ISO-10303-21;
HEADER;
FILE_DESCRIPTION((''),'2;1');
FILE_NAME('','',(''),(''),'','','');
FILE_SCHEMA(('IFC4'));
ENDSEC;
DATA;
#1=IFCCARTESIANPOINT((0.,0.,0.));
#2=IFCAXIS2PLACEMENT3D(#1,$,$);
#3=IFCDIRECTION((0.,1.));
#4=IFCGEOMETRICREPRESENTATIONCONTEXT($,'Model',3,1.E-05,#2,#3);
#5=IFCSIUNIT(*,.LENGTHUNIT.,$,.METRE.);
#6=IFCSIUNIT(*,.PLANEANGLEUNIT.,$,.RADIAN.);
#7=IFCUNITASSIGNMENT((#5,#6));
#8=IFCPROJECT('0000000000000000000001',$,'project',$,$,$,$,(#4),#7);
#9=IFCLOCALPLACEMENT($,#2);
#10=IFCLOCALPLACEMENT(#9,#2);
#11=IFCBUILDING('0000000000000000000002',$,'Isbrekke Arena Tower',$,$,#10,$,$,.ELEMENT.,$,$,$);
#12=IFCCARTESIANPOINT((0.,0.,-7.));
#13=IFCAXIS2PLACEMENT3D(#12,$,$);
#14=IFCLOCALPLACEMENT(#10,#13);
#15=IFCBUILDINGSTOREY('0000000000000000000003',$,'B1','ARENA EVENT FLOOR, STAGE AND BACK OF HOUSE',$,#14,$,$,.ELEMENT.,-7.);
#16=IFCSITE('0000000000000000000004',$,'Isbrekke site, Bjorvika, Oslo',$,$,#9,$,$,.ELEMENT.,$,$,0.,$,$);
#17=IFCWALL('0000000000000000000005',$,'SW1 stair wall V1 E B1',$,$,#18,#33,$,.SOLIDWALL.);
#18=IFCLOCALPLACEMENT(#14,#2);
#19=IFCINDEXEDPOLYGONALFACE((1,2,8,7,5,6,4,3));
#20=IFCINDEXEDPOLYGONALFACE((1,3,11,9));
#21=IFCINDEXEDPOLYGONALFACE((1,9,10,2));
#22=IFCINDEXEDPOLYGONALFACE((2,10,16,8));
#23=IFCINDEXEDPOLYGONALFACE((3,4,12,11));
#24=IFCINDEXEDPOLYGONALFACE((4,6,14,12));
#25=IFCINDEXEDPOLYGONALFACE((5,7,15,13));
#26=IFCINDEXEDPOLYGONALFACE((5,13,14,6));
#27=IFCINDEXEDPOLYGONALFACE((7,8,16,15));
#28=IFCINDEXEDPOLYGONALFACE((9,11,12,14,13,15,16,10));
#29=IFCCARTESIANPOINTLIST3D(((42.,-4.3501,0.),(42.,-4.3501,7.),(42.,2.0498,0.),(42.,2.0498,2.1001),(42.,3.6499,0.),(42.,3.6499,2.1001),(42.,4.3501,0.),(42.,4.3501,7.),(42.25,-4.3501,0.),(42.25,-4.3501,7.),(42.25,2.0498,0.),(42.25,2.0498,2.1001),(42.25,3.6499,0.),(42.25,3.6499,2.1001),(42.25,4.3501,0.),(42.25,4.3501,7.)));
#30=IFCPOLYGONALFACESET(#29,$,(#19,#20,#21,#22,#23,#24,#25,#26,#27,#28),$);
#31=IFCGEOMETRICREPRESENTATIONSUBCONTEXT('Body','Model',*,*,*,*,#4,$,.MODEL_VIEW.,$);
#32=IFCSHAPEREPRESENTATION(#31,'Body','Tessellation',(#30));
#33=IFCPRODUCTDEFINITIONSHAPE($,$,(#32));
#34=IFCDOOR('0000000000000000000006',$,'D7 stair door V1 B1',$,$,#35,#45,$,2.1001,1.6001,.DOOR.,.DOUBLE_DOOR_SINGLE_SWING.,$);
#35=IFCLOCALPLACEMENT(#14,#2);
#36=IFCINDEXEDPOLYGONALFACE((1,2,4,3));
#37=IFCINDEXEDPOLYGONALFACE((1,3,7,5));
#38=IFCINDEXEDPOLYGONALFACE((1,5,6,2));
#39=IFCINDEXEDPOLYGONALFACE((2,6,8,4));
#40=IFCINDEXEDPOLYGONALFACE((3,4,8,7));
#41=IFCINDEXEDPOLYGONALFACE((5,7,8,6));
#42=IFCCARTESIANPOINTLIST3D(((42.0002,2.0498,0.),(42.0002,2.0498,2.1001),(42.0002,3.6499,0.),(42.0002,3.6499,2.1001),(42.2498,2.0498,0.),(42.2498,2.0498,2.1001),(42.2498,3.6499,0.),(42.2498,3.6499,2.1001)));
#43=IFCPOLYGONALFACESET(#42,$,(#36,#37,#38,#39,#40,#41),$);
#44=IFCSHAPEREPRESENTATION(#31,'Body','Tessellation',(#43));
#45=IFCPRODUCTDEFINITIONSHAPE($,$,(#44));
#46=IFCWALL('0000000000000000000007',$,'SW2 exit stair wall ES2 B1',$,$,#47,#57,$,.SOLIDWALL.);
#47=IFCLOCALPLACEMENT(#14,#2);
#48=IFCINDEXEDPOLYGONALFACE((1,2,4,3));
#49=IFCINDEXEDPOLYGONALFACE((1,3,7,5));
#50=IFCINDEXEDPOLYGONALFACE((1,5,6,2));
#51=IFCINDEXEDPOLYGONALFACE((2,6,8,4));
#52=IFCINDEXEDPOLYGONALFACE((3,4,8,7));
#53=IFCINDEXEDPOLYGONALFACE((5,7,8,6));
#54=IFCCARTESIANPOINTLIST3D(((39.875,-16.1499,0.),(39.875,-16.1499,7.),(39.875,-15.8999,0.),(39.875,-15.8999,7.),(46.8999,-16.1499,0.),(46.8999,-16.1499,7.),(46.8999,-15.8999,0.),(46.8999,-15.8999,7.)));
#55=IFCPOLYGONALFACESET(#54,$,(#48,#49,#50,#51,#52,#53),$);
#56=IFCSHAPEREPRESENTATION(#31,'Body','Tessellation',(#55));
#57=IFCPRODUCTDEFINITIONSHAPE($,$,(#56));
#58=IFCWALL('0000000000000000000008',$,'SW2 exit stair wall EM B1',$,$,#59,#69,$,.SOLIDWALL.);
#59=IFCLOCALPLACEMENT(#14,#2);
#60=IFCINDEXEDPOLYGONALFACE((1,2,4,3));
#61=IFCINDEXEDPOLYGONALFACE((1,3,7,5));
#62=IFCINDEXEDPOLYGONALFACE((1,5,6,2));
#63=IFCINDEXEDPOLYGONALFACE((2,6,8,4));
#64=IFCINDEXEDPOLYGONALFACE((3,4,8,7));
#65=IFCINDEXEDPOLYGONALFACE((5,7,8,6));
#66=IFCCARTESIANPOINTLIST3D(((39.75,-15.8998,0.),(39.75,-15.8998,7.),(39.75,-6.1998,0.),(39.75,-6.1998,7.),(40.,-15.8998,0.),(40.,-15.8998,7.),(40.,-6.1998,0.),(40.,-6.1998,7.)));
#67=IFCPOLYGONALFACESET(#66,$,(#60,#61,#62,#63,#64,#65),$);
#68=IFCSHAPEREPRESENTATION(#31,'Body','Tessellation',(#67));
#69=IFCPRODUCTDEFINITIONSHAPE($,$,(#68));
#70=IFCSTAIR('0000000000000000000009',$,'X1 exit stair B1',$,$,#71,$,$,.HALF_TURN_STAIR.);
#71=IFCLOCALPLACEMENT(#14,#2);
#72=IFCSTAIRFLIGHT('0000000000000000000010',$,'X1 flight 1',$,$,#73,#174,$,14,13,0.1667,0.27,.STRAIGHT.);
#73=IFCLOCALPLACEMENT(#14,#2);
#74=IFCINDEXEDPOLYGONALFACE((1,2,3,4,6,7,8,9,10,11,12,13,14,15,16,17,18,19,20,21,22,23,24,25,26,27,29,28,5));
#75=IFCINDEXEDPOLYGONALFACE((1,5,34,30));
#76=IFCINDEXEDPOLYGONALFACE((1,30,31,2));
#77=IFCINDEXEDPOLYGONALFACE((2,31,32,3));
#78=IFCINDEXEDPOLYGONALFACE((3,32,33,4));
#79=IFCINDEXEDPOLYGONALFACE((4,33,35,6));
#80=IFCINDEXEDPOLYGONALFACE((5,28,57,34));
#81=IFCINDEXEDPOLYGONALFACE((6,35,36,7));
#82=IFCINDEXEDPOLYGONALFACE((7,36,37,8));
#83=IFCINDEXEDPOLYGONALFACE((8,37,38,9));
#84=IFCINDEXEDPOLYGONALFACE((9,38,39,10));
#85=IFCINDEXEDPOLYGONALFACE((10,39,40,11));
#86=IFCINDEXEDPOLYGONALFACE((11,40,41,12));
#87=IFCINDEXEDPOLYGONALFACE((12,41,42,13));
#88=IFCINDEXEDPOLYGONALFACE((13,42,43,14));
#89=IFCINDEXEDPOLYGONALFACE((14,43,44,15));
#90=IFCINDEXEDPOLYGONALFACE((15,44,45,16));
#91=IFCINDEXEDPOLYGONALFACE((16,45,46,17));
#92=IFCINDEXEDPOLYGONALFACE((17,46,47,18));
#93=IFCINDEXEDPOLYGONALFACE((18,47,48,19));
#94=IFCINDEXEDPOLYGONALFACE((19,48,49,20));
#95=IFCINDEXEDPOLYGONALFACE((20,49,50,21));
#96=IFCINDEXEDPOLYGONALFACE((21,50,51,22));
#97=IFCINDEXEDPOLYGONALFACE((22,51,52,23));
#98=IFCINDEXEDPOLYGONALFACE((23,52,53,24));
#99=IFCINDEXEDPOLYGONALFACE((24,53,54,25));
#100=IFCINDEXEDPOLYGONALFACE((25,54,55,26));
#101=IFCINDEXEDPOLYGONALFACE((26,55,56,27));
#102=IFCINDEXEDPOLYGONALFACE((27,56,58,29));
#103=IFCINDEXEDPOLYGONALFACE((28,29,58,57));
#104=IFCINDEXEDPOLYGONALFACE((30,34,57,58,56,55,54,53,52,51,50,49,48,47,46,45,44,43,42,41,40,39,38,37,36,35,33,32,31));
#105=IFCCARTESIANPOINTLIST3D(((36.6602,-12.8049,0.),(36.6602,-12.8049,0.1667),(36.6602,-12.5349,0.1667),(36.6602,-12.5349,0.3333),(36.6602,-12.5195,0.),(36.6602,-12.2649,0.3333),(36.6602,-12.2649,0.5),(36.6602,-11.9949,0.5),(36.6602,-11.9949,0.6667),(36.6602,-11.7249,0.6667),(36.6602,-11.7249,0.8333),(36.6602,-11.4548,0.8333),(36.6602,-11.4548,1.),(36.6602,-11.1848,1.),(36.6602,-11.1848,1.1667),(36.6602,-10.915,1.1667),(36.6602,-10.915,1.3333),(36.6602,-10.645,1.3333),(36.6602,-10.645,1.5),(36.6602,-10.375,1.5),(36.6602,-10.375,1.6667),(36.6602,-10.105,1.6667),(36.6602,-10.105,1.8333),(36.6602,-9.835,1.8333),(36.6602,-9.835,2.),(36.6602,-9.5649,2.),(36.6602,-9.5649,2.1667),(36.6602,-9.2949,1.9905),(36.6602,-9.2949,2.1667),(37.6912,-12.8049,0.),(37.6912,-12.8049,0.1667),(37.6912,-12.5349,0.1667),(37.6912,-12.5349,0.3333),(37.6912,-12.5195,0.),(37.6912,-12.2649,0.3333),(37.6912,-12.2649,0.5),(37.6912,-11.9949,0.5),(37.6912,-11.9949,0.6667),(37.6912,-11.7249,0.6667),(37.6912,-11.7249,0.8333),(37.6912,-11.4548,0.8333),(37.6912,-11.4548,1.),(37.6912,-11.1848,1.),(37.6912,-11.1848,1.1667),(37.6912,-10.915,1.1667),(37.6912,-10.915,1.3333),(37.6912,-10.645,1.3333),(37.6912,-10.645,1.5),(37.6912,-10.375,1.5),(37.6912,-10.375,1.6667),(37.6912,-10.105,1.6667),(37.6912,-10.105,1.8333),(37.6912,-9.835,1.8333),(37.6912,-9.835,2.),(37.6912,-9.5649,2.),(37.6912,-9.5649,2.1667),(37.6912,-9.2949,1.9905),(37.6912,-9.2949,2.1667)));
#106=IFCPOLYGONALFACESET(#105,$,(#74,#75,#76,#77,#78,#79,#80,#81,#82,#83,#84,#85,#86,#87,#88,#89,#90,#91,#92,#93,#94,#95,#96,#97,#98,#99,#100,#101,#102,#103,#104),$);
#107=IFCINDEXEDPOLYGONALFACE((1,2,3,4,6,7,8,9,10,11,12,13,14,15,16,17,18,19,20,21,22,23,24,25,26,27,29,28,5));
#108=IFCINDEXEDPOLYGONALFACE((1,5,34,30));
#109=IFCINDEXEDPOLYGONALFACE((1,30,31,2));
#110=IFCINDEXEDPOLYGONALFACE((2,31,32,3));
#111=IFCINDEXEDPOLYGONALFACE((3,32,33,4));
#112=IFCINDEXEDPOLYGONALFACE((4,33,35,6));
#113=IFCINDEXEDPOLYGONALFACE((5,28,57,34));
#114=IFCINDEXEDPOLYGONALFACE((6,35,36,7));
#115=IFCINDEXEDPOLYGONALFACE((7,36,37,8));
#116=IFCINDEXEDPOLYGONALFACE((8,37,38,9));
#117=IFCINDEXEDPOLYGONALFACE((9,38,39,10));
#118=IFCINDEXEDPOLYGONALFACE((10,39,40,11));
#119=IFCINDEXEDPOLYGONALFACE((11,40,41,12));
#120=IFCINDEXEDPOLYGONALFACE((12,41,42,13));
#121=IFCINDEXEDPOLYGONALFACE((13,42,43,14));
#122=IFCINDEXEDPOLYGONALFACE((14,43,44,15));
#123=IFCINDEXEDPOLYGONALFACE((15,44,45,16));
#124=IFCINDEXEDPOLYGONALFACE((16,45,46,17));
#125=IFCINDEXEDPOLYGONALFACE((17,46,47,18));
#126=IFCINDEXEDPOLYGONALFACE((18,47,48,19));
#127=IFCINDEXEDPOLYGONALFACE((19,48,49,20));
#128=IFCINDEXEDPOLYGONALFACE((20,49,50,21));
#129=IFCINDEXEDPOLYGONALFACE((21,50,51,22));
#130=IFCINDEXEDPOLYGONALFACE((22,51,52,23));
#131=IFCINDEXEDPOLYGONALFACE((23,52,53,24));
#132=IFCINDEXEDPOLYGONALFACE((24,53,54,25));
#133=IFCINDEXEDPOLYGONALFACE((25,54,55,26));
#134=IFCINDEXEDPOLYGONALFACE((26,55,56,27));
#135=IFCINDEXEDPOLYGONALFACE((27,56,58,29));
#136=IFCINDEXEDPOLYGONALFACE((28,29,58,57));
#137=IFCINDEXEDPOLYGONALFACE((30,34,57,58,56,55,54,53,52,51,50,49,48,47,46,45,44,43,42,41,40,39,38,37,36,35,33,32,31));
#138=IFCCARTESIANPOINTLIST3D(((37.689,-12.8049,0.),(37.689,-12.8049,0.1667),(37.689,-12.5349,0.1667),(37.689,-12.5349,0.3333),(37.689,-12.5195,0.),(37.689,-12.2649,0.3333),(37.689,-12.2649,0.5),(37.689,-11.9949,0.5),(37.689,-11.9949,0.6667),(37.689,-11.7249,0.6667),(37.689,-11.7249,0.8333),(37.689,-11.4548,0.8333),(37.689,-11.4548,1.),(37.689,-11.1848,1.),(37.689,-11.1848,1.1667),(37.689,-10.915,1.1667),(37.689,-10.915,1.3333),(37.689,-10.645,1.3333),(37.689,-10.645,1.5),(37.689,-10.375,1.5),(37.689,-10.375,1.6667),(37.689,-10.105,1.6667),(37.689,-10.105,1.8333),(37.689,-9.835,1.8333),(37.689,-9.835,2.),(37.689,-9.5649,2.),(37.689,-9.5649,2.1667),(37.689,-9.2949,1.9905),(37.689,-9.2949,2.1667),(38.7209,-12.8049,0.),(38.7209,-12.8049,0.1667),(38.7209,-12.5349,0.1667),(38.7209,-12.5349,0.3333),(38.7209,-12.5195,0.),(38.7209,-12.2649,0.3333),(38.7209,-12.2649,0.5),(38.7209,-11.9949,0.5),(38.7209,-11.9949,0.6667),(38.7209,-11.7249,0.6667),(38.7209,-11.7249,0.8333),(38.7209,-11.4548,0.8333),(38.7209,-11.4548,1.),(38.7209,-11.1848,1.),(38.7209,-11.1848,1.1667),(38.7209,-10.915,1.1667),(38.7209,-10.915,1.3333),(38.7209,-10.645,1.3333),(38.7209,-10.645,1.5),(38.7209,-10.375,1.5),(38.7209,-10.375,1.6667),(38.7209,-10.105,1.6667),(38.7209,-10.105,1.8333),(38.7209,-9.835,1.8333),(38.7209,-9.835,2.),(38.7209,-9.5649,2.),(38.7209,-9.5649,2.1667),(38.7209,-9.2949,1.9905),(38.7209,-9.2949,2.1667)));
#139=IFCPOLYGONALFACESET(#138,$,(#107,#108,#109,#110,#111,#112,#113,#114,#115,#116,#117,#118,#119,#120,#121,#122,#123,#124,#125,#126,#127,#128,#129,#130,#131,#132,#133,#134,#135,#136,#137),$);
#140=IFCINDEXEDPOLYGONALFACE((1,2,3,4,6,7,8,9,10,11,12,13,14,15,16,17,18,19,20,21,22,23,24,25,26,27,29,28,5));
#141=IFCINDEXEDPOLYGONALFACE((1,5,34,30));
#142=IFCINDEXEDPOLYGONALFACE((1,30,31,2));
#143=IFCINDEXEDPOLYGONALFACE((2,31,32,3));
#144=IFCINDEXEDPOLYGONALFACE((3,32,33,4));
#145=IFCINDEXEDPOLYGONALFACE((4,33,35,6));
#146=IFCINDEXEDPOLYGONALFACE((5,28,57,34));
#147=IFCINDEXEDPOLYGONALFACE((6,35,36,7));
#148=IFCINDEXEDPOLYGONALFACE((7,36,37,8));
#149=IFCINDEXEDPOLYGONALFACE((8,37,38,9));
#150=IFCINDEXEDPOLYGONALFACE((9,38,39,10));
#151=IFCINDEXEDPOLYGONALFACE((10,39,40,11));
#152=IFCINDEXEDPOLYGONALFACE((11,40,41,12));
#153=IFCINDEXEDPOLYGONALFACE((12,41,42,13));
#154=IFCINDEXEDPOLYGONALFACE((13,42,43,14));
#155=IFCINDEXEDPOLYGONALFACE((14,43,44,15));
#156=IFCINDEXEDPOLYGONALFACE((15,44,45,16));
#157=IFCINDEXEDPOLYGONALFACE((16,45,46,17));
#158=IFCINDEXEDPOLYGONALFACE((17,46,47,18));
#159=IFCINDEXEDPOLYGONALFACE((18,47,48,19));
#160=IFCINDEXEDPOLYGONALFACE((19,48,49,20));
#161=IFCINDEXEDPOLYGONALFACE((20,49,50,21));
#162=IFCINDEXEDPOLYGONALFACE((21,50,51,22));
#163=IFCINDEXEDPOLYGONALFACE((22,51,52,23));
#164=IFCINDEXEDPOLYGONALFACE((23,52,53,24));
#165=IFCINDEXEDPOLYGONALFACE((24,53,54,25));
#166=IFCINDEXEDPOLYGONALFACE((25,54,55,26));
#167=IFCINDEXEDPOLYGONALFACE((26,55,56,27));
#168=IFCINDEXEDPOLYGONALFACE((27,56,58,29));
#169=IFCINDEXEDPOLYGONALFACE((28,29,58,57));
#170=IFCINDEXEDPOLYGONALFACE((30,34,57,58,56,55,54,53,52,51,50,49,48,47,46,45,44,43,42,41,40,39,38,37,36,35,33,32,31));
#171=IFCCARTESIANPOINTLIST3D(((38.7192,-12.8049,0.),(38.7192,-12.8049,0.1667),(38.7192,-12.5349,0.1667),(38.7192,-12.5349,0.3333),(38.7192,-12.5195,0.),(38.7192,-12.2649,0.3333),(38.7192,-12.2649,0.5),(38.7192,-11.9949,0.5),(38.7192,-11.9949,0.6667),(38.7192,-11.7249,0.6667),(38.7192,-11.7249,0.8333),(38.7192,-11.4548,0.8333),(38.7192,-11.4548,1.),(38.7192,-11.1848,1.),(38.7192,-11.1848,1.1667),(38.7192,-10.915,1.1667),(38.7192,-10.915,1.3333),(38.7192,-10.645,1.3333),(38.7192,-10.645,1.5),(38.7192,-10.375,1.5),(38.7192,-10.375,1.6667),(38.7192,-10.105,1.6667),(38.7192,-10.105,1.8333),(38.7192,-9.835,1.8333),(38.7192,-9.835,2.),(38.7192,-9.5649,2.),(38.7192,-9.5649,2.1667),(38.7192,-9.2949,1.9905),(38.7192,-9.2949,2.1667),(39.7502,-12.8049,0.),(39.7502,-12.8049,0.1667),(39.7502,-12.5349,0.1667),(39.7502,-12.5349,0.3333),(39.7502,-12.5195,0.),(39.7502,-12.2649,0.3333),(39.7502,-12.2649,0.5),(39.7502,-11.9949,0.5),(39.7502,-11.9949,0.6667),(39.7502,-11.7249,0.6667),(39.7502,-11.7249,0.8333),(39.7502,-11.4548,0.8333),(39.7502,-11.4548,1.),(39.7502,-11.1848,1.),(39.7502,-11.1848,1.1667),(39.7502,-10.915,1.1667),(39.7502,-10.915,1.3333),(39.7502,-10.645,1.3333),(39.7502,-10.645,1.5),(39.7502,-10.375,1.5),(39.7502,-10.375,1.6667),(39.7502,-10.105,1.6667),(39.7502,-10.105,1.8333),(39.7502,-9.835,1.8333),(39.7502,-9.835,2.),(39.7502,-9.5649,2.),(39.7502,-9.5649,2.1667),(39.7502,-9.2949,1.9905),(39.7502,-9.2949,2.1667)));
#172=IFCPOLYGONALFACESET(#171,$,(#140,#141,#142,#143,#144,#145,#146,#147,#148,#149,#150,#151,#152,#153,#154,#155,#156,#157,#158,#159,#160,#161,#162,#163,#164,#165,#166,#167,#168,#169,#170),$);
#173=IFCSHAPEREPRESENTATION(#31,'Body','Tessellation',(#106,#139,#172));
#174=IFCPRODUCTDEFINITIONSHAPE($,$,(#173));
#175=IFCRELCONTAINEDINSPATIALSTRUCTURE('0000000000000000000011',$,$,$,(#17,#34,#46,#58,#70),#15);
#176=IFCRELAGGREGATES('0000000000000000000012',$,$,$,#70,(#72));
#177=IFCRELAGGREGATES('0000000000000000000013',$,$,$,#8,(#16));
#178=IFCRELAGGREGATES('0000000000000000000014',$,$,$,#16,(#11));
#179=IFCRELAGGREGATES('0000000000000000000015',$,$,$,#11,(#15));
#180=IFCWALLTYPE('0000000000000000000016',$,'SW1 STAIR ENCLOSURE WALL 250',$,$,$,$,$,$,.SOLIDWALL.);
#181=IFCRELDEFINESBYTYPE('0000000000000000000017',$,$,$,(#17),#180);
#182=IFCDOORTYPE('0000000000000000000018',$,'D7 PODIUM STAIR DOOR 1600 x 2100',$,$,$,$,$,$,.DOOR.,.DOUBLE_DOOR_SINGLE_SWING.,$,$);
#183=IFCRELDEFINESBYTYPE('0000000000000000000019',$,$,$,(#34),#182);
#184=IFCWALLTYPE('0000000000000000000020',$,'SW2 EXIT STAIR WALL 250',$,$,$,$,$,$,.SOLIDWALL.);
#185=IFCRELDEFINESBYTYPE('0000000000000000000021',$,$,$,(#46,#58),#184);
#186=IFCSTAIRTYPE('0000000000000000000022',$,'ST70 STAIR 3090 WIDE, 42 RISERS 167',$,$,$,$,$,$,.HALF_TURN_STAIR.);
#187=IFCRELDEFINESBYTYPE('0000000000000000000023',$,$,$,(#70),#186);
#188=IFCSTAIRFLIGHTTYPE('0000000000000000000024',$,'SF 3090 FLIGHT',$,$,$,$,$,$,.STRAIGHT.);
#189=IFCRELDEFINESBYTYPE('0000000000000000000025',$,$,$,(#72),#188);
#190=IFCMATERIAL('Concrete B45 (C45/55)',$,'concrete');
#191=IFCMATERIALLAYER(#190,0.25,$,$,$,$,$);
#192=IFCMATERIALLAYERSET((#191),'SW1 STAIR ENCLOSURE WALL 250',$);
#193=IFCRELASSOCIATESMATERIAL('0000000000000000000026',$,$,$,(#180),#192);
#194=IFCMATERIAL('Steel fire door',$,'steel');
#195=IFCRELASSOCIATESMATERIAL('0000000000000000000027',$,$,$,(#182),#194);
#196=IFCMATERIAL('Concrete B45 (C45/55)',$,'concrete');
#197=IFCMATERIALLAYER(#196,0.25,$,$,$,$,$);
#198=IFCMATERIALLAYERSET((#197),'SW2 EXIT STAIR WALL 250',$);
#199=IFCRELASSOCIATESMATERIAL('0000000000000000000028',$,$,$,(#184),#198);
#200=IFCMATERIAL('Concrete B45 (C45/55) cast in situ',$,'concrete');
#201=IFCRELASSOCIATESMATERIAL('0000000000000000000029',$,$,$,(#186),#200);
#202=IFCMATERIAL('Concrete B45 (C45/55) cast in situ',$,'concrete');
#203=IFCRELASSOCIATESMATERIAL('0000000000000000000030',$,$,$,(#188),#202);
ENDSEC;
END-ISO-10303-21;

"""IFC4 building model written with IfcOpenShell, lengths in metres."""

from ifc_helpers import new_model, si_unit, direction, frame, frame_2d, origin, place, context, subcontext, project, spatial, polyline, rectangle, outline, extrude, material, layer, layer_set, type_object, element, fill, aggregate, save


model = new_model("IFC4")

# Units and contexts
model_context = context("Model", 3, precision=1e-05, world=origin(), true_north=direction((0.0, 1.0)))
body_context = subcontext(model_context, "Body", "Model", "MODEL_VIEW")
ifc_project = project(units=[si_unit("LENGTHUNIT", "METRE"), si_unit("PLANEANGLEUNIT", "RADIAN")], contexts=[model_context])

# Site, building, storey
site_placement = place(None, origin())
site = spatial("IfcSite", under=ifc_project, at=site_placement, Name="Isbrekke site, Bjorvika, Oslo", CompositionType="ELEMENT", RefElevation=0.0)
building_placement = place(site_placement, origin())
building = spatial("IfcBuilding", under=site, at=building_placement, Name="Isbrekke Arena Tower", CompositionType="ELEMENT")
storey_placement = place(building_placement, frame((0.0, 0.0, -7.0)))
storey = spatial("IfcBuildingStorey", under=building, at=storey_placement, Name="B1", Description="ARENA EVENT FLOOR, STAGE AND BACK OF HOUSE", CompositionType="ELEMENT", Elevation=-7.0)

# Wall, opening, door
ifc_material_1 = material(Name="Concrete B45 (C45/55)", Category="concrete")
ifc_layer_1 = layer(ifc_material_1, 0.25)
ifc_layer_set_1 = layer_set([ifc_layer_1], Name="SW1 STAIR ENCLOSURE WALL 250")
wall_type_1 = type_object("IfcWallType", Name="SW1 STAIR ENCLOSURE WALL 250", PredefinedType="SOLIDWALL", material=ifc_layer_set_1)
wall_1_placement = place(storey_placement, frame((42.125, -4.3501, 0.0), z_axis=(0.0, 0.0, 1.0), x_axis=(0.0, 1.0, 0.0)))
wall_1 = element("IfcWall", 1, at=wall_1_placement, inside=storey, type_object=wall_type_1, Name="SW1 stair wall V1 E B1", PredefinedType="SOLIDWALL", context=body_context, shape_type="SweptSolid", body=[
    extrude(rectangle(XDim=8.7002, YDim=0.25, at=frame_2d((4.3501, 0.0))), origin(), (0.0, 0.0, 1.0), 7.0),
])
opening_placement = place(wall_1_placement, frame((6.3999, 0.0, 0.0)))
opening = element("IfcOpeningElement", 2, at=opening_placement, cuts=wall_1, PredefinedType="OPENING", context=body_context, shape_type="SweptSolid", body=[
    extrude(rectangle(XDim=1.6001, YDim=2.1001, at=frame_2d((0.8, 1.05))), frame((0.0, 0.1399, 0.0), z_axis=(0.0, -1.0, 0.0), x_axis=(1.0, 0.0, 0.0)), (0.0, 0.0, 1.0), 0.2798),
])
ifc_material_2 = material(Name="Steel fire door", Category="steel")
door_type = type_object("IfcDoorType", Name="D7 PODIUM STAIR DOOR 1600 x 2100", OperationType="DOUBLE_DOOR_SINGLE_SWING", PredefinedType="DOOR", material=ifc_material_2)
door_placement = place(opening_placement, origin())
door = element("IfcDoor", 3, at=door_placement, inside=storey, type_object=door_type, Name="D7 stair door V1 B1", OperationType="DOUBLE_DOOR_SINGLE_SWING", OverallHeight=2.1001, OverallWidth=1.6001, PredefinedType="DOOR", context=body_context, shape_type="SweptSolid", body=[
    extrude(rectangle(XDim=1.6001, YDim=2.1001, at=frame_2d((0.8, 1.05))), frame((0.0, 0.1248, 0.0), z_axis=(0.0, -1.0, 0.0), x_axis=(1.0, 0.0, 0.0)), (0.0, 0.0, 1.0), 0.2495),
])
fill(opening, door)

# Walls
ifc_material_3 = material(Name="Concrete B45 (C45/55)", Category="concrete")
ifc_layer_2 = layer(ifc_material_3, 0.25)
ifc_layer_set_2 = layer_set([ifc_layer_2], Name="SW2 EXIT STAIR WALL 250")
wall_type_2 = type_object("IfcWallType", Name="SW2 EXIT STAIR WALL 250", PredefinedType="SOLIDWALL", material=ifc_layer_set_2)
wall_2_placement = place(storey_placement, frame((39.875, -16.0249, 0.0), z_axis=(0.0, 0.0, 1.0), x_axis=(1.0, 0.0, 0.0)))
element("IfcWall", 4, at=wall_2_placement, inside=storey, type_object=wall_type_2, Name="SW2 exit stair wall ES2 B1", PredefinedType="SOLIDWALL", context=body_context, shape_type="SweptSolid", body=[
    extrude(rectangle(XDim=7.0249, YDim=0.25, at=frame_2d((3.5125, 0.0))), origin(), (0.0, 0.0, 1.0), 7.0),
])
wall_3_placement = place(storey_placement, frame((39.875, -15.8999, 0.0), z_axis=(0.0, 0.0, 1.0), x_axis=(0.0, 1.0, 0.0)))
element("IfcWall", 5, at=wall_3_placement, inside=storey, type_object=wall_type_2, Name="SW2 exit stair wall EM B1", PredefinedType="SOLIDWALL", context=body_context, shape_type="SweptSolid", body=[
    extrude(rectangle(XDim=9.7, YDim=0.25, at=frame_2d((4.8501, 0.0))), origin(), (0.0, 0.0, 1.0), 7.0),
])

# Stair, stair flight
ifc_material_4 = material(Name="Concrete B45 (C45/55) cast in situ", Category="concrete")
stair_type = type_object("IfcStairType", Name="ST70 STAIR 3090 WIDE, 42 RISERS 167", PredefinedType="HALF_TURN_STAIR", material=ifc_material_4)
stair_1_placement = place(storey_placement, origin())
stair_1 = element("IfcStair", 6, at=stair_1_placement, inside=storey, type_object=stair_type, Name="X1 exit stair B1", PredefinedType="HALF_TURN_STAIR")
ifc_material_5 = material(Name="Concrete B45 (C45/55) cast in situ", Category="concrete")
stair_flight_type = type_object("IfcStairFlightType", Name="SF 3090 FLIGHT", PredefinedType="STRAIGHT", material=ifc_material_5)
stair_flight_1_placement = place(storey_placement, frame((38.2051, -12.8049, 0.0), z_axis=(0.0, 0.0, 1.0), x_axis=(0.0, 1.0, 0.0)))
stair_flight_1 = element("IfcStairFlight", 7, at=stair_flight_1_placement, type_object=stair_flight_type, Name="X1 flight 1", NumberOfRisers=14, NumberOfTreads=13, PredefinedType="STRAIGHT", RiserHeight=0.1667, TreadLength=0.27, context=body_context, shape_type="SweptSolid", body=[
    extrude(outline(polyline([(0.0, 0.0), (0.0, 0.1667), (0.27, 0.1667), (0.27, 0.3333), (0.54, 0.3333), (0.54, 0.5), (0.8101, 0.5), (0.8101, 0.6667), (1.0801, 0.6667), (1.0801, 0.8333), (1.3501, 0.8333), (1.3501, 1.0), (1.6201, 1.0), (1.6201, 1.1667), (1.8899, 1.1667), (1.8899, 1.3333), (2.1599, 1.3333), (2.1599, 1.5), (2.4299, 1.5), (2.4299, 1.6667), (2.7, 1.6667), (2.7, 1.8333), (2.97, 1.8333), (2.97, 2.0), (3.24, 2.0), (3.24, 2.1667), (3.51, 2.1667), (3.51, 2.3333), (3.51, 1.9905), (0.2854, 0.0), (0.0, 0.0)])), frame((0.0, 1.5449, 0.0), z_axis=(0.0, -1.0, 0.0), x_axis=(1.0, 0.0, 0.0)), (0.0, 0.0, 1.0), 1.031),
    extrude(outline(polyline([(0.0, 0.0), (0.0, 0.1667), (0.27, 0.1667), (0.27, 0.3333), (0.54, 0.3333), (0.54, 0.5), (0.8101, 0.5), (0.8101, 0.6667), (1.0801, 0.6667), (1.0801, 0.8333), (1.3501, 0.8333), (1.3501, 1.0), (1.6201, 1.0), (1.6201, 1.1667), (1.8899, 1.1667), (1.8899, 1.3333), (2.1599, 1.3333), (2.1599, 1.5), (2.4299, 1.5), (2.4299, 1.6667), (2.7, 1.6667), (2.7, 1.8333), (2.97, 1.8333), (2.97, 2.0), (3.24, 2.0), (3.24, 2.1667), (3.51, 2.1667), (3.51, 2.3333), (3.51, 1.9905), (0.2854, 0.0), (0.0, 0.0)])), frame((0.0, 0.5161, 0.0), z_axis=(0.0, -1.0, 0.0), x_axis=(1.0, 0.0, 0.0)), (0.0, 0.0, 1.0), 1.032),
    extrude(outline(polyline([(0.0, 0.0), (0.0, 0.1667), (0.27, 0.1667), (0.27, 0.3333), (0.54, 0.3333), (0.54, 0.5), (0.8101, 0.5), (0.8101, 0.6667), (1.0801, 0.6667), (1.0801, 0.8333), (1.3501, 0.8333), (1.3501, 1.0), (1.6201, 1.0), (1.6201, 1.1667), (1.8899, 1.1667), (1.8899, 1.3333), (2.1599, 1.3333), (2.1599, 1.5), (2.4299, 1.5), (2.4299, 1.6667), (2.7, 1.6667), (2.7, 1.8333), (2.97, 1.8333), (2.97, 2.0), (3.24, 2.0), (3.24, 2.1667), (3.51, 2.1667), (3.51, 2.3333), (3.51, 1.9905), (0.2854, 0.0), (0.0, 0.0)])), frame((0.0, -0.5142, 0.0), z_axis=(0.0, -1.0, 0.0), x_axis=(1.0, 0.0, 0.0)), (0.0, 0.0, 1.0), 1.031),
])
aggregate(stair_1, [stair_flight_1])

save(model, "model.ifc")
